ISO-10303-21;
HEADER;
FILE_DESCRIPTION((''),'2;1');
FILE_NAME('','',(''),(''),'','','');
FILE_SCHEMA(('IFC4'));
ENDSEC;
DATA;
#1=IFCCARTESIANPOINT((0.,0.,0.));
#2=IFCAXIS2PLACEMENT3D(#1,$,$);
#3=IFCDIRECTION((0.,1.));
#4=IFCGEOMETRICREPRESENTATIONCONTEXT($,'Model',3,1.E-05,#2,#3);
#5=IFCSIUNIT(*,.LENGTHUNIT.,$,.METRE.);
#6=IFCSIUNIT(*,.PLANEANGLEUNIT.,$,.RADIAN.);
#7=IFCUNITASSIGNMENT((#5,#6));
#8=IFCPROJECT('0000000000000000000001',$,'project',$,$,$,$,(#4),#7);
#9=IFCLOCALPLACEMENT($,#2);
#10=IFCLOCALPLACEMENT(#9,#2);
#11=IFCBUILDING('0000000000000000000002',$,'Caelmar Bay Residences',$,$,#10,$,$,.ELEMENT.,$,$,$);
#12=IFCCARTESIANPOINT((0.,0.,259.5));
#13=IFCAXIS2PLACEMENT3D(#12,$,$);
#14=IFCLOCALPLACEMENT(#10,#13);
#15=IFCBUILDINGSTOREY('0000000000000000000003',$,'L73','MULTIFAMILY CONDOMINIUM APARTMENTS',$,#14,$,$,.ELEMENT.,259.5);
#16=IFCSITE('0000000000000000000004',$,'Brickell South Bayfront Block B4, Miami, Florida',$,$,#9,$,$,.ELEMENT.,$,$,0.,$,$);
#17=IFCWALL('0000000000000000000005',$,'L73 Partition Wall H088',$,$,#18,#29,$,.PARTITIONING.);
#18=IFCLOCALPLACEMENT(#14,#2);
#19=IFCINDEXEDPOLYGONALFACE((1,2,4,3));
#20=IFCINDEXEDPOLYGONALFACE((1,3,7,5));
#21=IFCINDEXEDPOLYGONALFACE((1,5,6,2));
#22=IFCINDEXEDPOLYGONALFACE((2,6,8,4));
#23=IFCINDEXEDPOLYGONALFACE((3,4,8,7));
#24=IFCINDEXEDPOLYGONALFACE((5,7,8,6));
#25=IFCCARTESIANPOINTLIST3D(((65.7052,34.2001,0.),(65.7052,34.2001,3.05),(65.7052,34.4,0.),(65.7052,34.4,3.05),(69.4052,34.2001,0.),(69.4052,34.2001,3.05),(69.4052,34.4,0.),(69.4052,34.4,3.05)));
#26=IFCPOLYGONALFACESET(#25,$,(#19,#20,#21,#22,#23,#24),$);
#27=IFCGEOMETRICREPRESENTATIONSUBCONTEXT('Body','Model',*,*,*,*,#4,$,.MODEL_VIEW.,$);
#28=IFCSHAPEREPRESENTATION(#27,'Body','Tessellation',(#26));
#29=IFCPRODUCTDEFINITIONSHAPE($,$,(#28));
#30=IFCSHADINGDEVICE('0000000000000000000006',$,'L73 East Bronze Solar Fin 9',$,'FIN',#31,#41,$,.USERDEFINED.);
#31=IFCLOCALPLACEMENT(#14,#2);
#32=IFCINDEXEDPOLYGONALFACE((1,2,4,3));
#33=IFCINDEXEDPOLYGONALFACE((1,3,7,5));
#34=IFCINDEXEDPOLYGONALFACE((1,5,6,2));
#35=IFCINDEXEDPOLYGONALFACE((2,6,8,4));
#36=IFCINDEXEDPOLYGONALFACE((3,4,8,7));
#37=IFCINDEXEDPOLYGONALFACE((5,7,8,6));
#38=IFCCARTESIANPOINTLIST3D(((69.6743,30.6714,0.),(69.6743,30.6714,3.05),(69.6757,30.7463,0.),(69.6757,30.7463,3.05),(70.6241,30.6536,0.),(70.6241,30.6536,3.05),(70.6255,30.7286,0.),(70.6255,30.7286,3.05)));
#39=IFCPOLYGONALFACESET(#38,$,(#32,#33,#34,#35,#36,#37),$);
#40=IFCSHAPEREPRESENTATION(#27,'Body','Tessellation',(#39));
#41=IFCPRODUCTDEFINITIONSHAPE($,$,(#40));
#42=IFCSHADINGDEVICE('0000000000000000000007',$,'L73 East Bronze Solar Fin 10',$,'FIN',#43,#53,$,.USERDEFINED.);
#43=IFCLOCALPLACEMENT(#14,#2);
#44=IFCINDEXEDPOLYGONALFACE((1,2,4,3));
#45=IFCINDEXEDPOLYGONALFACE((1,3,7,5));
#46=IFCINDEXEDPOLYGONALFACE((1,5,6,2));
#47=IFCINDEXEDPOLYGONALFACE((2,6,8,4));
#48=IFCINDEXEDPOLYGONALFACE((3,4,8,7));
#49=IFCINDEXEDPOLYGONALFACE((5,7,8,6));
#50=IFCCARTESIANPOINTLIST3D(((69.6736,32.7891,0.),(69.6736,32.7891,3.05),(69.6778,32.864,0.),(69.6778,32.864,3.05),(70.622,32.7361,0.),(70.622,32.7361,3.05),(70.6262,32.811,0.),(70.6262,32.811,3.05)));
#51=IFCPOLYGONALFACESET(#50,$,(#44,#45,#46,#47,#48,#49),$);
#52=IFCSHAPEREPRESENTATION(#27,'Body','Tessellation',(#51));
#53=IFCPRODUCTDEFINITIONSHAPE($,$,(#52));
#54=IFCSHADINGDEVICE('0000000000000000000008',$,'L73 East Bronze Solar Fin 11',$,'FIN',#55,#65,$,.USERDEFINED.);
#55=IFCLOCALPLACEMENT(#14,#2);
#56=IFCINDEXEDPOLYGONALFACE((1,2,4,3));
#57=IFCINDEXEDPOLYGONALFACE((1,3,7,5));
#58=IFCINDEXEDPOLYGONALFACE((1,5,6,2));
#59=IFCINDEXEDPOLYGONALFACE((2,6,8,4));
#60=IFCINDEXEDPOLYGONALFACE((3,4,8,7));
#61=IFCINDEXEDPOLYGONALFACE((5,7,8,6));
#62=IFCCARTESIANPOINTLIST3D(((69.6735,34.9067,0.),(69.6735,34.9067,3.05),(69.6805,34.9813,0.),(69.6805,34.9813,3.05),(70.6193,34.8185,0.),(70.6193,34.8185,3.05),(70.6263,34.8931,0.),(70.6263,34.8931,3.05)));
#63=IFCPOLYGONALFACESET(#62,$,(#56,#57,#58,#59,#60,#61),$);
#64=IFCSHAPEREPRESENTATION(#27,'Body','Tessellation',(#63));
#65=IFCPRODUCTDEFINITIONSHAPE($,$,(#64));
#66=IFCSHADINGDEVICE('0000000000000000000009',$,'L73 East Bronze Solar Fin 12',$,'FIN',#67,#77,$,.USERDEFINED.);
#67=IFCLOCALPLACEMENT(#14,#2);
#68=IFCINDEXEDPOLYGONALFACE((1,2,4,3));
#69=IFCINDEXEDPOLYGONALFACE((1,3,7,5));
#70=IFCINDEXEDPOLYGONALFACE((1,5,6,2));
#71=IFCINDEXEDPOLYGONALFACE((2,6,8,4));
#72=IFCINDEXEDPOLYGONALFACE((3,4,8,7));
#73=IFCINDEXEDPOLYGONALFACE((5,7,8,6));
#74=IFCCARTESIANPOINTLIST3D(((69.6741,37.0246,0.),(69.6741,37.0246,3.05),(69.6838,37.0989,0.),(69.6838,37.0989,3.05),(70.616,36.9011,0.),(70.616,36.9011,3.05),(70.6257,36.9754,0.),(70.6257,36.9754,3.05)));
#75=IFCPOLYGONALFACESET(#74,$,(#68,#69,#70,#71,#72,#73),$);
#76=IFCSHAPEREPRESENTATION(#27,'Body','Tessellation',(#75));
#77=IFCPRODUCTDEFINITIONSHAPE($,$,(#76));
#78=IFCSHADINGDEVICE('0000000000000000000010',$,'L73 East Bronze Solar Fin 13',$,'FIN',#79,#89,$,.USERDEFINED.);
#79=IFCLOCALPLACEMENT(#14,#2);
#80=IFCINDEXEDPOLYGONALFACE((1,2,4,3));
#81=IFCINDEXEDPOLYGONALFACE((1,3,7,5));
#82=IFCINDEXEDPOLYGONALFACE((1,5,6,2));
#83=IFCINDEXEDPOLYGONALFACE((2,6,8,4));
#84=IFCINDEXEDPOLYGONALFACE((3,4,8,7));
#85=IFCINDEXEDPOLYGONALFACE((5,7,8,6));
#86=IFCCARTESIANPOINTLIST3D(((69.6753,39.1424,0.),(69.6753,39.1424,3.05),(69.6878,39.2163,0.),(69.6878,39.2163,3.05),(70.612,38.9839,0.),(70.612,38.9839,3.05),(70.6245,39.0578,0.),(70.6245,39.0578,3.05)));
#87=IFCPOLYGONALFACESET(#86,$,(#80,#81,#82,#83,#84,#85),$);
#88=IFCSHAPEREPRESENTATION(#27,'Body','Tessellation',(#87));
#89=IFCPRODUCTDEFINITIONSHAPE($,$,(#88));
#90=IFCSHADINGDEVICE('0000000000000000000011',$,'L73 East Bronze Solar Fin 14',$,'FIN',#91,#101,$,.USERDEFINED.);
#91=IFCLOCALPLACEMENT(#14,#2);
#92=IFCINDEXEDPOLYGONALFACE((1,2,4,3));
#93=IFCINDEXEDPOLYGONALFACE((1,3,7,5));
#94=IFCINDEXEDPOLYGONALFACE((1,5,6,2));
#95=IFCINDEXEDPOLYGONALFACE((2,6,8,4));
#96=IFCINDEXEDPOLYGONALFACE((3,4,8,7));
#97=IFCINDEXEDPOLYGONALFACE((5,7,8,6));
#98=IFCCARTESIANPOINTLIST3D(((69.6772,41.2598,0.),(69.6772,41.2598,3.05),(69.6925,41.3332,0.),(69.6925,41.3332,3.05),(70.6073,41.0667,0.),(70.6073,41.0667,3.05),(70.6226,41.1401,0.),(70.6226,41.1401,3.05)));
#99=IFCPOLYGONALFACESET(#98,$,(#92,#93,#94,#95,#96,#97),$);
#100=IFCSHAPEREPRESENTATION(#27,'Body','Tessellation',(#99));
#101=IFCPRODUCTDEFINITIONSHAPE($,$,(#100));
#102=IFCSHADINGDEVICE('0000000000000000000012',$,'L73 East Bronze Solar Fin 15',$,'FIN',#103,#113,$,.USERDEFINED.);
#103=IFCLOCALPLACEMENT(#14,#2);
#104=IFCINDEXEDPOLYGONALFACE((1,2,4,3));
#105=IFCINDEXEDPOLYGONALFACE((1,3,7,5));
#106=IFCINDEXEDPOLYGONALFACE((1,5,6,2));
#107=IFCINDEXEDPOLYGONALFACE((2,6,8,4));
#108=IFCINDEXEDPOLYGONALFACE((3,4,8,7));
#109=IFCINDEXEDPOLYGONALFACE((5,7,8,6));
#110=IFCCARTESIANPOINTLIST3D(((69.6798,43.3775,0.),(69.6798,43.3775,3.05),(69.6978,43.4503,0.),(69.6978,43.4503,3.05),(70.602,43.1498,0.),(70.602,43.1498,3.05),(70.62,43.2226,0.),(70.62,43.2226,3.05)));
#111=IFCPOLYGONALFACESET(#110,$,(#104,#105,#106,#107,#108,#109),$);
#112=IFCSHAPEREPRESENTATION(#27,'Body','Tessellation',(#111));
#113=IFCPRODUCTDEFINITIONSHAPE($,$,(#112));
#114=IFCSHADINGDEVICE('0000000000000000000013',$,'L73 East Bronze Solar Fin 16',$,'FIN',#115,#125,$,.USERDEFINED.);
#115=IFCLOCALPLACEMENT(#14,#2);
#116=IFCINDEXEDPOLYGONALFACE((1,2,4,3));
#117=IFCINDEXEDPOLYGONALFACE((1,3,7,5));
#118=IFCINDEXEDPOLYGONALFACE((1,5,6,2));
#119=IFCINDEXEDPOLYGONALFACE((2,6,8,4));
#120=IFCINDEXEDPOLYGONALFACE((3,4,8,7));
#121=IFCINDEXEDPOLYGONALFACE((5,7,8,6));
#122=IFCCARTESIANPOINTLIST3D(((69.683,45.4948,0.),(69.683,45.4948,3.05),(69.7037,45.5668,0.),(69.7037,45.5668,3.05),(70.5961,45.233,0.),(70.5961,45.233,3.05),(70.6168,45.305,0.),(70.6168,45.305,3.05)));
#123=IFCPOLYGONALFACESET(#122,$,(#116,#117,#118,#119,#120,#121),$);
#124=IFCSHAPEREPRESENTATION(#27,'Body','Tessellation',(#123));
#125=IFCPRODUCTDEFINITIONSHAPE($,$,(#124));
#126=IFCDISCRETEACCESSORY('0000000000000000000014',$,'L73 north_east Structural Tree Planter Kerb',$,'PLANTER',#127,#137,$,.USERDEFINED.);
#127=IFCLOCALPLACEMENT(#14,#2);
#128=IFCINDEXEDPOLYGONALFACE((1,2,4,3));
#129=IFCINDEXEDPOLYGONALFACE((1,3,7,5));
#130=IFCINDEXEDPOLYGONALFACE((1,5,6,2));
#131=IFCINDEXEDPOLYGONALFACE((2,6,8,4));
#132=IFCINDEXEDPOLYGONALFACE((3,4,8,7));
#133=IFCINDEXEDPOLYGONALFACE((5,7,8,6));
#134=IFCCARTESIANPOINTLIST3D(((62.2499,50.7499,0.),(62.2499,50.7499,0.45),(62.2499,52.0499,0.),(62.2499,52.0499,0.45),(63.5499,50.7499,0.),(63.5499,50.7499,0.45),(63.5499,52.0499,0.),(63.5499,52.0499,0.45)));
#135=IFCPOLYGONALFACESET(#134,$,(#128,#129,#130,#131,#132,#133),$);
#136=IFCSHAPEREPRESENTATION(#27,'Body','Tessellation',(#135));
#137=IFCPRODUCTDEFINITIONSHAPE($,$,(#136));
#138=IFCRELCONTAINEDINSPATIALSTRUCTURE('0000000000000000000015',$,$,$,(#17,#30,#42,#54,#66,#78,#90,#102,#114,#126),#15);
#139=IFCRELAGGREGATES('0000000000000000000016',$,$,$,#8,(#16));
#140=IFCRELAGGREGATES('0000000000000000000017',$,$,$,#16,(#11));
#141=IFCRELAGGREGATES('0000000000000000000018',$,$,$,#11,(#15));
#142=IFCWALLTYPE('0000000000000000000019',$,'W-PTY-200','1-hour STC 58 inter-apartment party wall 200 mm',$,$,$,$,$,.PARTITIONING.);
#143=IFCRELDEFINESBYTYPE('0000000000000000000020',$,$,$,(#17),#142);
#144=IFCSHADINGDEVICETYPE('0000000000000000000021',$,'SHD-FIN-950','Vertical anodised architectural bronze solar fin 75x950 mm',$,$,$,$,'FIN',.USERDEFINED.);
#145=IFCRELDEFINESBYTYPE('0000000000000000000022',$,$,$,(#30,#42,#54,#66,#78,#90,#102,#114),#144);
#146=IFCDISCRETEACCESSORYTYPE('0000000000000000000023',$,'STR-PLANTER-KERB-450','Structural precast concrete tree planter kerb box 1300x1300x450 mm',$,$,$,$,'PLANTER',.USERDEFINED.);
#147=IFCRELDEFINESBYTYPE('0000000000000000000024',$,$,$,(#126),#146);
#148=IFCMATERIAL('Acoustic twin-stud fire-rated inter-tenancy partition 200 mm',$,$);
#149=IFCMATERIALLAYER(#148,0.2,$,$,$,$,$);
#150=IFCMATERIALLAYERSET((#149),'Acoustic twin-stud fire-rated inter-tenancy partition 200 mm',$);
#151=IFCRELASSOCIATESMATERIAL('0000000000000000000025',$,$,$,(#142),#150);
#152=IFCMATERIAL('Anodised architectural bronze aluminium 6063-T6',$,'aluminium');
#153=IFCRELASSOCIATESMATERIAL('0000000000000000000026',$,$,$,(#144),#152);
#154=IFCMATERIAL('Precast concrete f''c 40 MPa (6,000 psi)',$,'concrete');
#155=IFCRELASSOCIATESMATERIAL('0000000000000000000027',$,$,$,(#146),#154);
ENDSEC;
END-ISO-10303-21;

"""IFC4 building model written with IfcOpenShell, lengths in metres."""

from ifc_helpers import new_model, si_unit, direction, frame, frame_2d, origin, origin_2d, place, context, subcontext, project, spatial, rectangle, extrude, material, layer, layer_set, material_profile, profile_set, type_object, element, save


model = new_model("IFC4")

# Units and contexts
model_context = context("Model", 3, precision=1e-05, world=origin(), true_north=direction((0.0, 1.0)))
body_context = subcontext(model_context, "Body", "Model", "MODEL_VIEW")
ifc_project = project(units=[si_unit("LENGTHUNIT", "METRE"), si_unit("PLANEANGLEUNIT", "RADIAN")], contexts=[model_context])

# Site, building, storey
site_placement = place(None, origin())
site = spatial("IfcSite", under=ifc_project, at=site_placement, Name="Brickell South Bayfront Block B4, Miami, Florida", CompositionType="ELEMENT", RefElevation=0.0)
building_placement = place(site_placement, origin())
building = spatial("IfcBuilding", under=site, at=building_placement, Name="Caelmar Bay Residences", CompositionType="ELEMENT")
storey_placement = place(building_placement, frame((0.0, 0.0, 259.5)))
storey = spatial("IfcBuildingStorey", under=building, at=storey_placement, Name="L73", Description="MULTIFAMILY CONDOMINIUM APARTMENTS", CompositionType="ELEMENT", Elevation=259.5)

# Shared definitions
ifc_material_1 = material(Name="Precast concrete f'c 40 MPa (6,000 psi)", Category="concrete")

# Wall
ifc_material_2 = material(Name="Acoustic twin-stud fire-rated inter-tenancy partition 200 mm")
ifc_layer_1 = layer(ifc_material_2, 0.2)
ifc_layer_set_1 = layer_set([ifc_layer_1], Name="Acoustic twin-stud fire-rated inter-tenancy partition 200 mm")
wall_type_1 = type_object("IfcWallType", Name="W-PTY-200", Description="1-hour STC 58 inter-apartment party wall 200 mm", PredefinedType="PARTITIONING", material=ifc_layer_set_1)
wall_1_placement = place(storey_placement, frame((65.7051, 34.3, 0.0), z_axis=(0.0, 0.0, 1.0), x_axis=(1.0, 0.0, 0.0)))
element("IfcWall", 1, at=wall_1_placement, inside=storey, type_object=wall_type_1, Name="L73 Partition Wall H088", PredefinedType="PARTITIONING", context=body_context, shape_type="SweptSolid", body=[
    extrude(rectangle(XDim=3.7, YDim=0.2, at=frame_2d((1.8501, 0.0))), origin(), (0.0, 0.0, 1.0), 3.05),
])

# Shading devices
ifc_material_3 = material(Name="Anodised architectural bronze aluminium 6063-T6", Category="aluminium")
ifc_material_profile_1 = material_profile(ifc_material_3, rectangle(XDim=0.075, YDim=0.95, at=origin_2d()), Name="BRONZE-FIN-75X950")
ifc_profile_set_1 = profile_set([ifc_material_profile_1], Name="Anodised architectural bronze aluminium 6063-T6")
shading_device_type = type_object("IfcShadingDeviceType", Name="SHD-FIN-950", Description="Vertical anodised architectural bronze solar fin 75x950 mm", ElementType="FIN", PredefinedType="USERDEFINED", material=ifc_profile_set_1)
for number, where, z_axis, x_axis, name in (
    (2, (70.1499, 30.7, 0.0), (0.0, 0.0, 1.0), (0.018674, 0.999826, 0.0), "L73 East Bronze Solar Fin 9"),
    (3, (70.1499, 32.8, 0.0), (0.0, 0.0, 1.0), (0.055822, 0.998441, 0.0), "L73 East Bronze Solar Fin 10"),
    (4, (70.1499, 34.8999, 0.0), (0.0, 0.0, 1.0), (0.092892, 0.995676, 0.0), "L73 East Bronze Solar Fin 11"),
    (5, (70.1499, 37.0, 0.0), (0.0, 0.0, 1.0), (0.130007, 0.991513, 0.0), "L73 East Bronze Solar Fin 12"),
    (6, (70.1499, 39.1001, 0.0), (0.0, 0.0, 1.0), (0.166769, 0.985996, 0.0), "L73 East Bronze Solar Fin 13"),
    (7, (70.1499, 41.2, 0.0), (0.0, 0.0, 1.0), (0.2033, 0.979116, 0.0), "L73 East Bronze Solar Fin 14"),
    (8, (70.1499, 43.3, 0.0), (0.0, 0.0, 1.0), (0.23972, 0.970842, 0.0), "L73 East Bronze Solar Fin 15"),
    (9, (70.1499, 45.3999, 0.0), (0.0, 0.0, 1.0), (0.275637, 0.961262, 0.0), "L73 East Bronze Solar Fin 16"),
):
    element("IfcShadingDevice", number, at=place(storey_placement, frame(where, z_axis=z_axis, x_axis=x_axis)), inside=storey, type_object=shading_device_type, Name=name, ObjectType="FIN", PredefinedType="USERDEFINED", context=body_context, shape_type="SweptSolid", body=[
        extrude(rectangle(XDim=0.075, YDim=0.95, at=origin_2d()), origin(), (0.0, 0.0, 1.0), 3.05),
    ])

# Discrete accessory
discrete_accessory_type = type_object("IfcDiscreteAccessoryType", Name="STR-PLANTER-KERB-450", Description="Structural precast concrete tree planter kerb box 1300x1300x450 mm", ElementType="PLANTER", PredefinedType="USERDEFINED", material=ifc_material_1)
discrete_accessory_placement = place(storey_placement, frame((62.8999, 51.3999, 0.0), z_axis=(0.0, 0.0, 1.0), x_axis=(1.0, 0.0, 0.0)))
element("IfcDiscreteAccessory", 10, at=discrete_accessory_placement, inside=storey, type_object=discrete_accessory_type, Name="L73 north_east Structural Tree Planter Kerb", ObjectType="PLANTER", PredefinedType="USERDEFINED", context=body_context, shape_type="SweptSolid", body=[
    extrude(rectangle(XDim=1.3, YDim=1.3, at=origin_2d()), origin(), (0.0, 0.0, 1.0), 0.45),
])

save(model, "model.ifc")
